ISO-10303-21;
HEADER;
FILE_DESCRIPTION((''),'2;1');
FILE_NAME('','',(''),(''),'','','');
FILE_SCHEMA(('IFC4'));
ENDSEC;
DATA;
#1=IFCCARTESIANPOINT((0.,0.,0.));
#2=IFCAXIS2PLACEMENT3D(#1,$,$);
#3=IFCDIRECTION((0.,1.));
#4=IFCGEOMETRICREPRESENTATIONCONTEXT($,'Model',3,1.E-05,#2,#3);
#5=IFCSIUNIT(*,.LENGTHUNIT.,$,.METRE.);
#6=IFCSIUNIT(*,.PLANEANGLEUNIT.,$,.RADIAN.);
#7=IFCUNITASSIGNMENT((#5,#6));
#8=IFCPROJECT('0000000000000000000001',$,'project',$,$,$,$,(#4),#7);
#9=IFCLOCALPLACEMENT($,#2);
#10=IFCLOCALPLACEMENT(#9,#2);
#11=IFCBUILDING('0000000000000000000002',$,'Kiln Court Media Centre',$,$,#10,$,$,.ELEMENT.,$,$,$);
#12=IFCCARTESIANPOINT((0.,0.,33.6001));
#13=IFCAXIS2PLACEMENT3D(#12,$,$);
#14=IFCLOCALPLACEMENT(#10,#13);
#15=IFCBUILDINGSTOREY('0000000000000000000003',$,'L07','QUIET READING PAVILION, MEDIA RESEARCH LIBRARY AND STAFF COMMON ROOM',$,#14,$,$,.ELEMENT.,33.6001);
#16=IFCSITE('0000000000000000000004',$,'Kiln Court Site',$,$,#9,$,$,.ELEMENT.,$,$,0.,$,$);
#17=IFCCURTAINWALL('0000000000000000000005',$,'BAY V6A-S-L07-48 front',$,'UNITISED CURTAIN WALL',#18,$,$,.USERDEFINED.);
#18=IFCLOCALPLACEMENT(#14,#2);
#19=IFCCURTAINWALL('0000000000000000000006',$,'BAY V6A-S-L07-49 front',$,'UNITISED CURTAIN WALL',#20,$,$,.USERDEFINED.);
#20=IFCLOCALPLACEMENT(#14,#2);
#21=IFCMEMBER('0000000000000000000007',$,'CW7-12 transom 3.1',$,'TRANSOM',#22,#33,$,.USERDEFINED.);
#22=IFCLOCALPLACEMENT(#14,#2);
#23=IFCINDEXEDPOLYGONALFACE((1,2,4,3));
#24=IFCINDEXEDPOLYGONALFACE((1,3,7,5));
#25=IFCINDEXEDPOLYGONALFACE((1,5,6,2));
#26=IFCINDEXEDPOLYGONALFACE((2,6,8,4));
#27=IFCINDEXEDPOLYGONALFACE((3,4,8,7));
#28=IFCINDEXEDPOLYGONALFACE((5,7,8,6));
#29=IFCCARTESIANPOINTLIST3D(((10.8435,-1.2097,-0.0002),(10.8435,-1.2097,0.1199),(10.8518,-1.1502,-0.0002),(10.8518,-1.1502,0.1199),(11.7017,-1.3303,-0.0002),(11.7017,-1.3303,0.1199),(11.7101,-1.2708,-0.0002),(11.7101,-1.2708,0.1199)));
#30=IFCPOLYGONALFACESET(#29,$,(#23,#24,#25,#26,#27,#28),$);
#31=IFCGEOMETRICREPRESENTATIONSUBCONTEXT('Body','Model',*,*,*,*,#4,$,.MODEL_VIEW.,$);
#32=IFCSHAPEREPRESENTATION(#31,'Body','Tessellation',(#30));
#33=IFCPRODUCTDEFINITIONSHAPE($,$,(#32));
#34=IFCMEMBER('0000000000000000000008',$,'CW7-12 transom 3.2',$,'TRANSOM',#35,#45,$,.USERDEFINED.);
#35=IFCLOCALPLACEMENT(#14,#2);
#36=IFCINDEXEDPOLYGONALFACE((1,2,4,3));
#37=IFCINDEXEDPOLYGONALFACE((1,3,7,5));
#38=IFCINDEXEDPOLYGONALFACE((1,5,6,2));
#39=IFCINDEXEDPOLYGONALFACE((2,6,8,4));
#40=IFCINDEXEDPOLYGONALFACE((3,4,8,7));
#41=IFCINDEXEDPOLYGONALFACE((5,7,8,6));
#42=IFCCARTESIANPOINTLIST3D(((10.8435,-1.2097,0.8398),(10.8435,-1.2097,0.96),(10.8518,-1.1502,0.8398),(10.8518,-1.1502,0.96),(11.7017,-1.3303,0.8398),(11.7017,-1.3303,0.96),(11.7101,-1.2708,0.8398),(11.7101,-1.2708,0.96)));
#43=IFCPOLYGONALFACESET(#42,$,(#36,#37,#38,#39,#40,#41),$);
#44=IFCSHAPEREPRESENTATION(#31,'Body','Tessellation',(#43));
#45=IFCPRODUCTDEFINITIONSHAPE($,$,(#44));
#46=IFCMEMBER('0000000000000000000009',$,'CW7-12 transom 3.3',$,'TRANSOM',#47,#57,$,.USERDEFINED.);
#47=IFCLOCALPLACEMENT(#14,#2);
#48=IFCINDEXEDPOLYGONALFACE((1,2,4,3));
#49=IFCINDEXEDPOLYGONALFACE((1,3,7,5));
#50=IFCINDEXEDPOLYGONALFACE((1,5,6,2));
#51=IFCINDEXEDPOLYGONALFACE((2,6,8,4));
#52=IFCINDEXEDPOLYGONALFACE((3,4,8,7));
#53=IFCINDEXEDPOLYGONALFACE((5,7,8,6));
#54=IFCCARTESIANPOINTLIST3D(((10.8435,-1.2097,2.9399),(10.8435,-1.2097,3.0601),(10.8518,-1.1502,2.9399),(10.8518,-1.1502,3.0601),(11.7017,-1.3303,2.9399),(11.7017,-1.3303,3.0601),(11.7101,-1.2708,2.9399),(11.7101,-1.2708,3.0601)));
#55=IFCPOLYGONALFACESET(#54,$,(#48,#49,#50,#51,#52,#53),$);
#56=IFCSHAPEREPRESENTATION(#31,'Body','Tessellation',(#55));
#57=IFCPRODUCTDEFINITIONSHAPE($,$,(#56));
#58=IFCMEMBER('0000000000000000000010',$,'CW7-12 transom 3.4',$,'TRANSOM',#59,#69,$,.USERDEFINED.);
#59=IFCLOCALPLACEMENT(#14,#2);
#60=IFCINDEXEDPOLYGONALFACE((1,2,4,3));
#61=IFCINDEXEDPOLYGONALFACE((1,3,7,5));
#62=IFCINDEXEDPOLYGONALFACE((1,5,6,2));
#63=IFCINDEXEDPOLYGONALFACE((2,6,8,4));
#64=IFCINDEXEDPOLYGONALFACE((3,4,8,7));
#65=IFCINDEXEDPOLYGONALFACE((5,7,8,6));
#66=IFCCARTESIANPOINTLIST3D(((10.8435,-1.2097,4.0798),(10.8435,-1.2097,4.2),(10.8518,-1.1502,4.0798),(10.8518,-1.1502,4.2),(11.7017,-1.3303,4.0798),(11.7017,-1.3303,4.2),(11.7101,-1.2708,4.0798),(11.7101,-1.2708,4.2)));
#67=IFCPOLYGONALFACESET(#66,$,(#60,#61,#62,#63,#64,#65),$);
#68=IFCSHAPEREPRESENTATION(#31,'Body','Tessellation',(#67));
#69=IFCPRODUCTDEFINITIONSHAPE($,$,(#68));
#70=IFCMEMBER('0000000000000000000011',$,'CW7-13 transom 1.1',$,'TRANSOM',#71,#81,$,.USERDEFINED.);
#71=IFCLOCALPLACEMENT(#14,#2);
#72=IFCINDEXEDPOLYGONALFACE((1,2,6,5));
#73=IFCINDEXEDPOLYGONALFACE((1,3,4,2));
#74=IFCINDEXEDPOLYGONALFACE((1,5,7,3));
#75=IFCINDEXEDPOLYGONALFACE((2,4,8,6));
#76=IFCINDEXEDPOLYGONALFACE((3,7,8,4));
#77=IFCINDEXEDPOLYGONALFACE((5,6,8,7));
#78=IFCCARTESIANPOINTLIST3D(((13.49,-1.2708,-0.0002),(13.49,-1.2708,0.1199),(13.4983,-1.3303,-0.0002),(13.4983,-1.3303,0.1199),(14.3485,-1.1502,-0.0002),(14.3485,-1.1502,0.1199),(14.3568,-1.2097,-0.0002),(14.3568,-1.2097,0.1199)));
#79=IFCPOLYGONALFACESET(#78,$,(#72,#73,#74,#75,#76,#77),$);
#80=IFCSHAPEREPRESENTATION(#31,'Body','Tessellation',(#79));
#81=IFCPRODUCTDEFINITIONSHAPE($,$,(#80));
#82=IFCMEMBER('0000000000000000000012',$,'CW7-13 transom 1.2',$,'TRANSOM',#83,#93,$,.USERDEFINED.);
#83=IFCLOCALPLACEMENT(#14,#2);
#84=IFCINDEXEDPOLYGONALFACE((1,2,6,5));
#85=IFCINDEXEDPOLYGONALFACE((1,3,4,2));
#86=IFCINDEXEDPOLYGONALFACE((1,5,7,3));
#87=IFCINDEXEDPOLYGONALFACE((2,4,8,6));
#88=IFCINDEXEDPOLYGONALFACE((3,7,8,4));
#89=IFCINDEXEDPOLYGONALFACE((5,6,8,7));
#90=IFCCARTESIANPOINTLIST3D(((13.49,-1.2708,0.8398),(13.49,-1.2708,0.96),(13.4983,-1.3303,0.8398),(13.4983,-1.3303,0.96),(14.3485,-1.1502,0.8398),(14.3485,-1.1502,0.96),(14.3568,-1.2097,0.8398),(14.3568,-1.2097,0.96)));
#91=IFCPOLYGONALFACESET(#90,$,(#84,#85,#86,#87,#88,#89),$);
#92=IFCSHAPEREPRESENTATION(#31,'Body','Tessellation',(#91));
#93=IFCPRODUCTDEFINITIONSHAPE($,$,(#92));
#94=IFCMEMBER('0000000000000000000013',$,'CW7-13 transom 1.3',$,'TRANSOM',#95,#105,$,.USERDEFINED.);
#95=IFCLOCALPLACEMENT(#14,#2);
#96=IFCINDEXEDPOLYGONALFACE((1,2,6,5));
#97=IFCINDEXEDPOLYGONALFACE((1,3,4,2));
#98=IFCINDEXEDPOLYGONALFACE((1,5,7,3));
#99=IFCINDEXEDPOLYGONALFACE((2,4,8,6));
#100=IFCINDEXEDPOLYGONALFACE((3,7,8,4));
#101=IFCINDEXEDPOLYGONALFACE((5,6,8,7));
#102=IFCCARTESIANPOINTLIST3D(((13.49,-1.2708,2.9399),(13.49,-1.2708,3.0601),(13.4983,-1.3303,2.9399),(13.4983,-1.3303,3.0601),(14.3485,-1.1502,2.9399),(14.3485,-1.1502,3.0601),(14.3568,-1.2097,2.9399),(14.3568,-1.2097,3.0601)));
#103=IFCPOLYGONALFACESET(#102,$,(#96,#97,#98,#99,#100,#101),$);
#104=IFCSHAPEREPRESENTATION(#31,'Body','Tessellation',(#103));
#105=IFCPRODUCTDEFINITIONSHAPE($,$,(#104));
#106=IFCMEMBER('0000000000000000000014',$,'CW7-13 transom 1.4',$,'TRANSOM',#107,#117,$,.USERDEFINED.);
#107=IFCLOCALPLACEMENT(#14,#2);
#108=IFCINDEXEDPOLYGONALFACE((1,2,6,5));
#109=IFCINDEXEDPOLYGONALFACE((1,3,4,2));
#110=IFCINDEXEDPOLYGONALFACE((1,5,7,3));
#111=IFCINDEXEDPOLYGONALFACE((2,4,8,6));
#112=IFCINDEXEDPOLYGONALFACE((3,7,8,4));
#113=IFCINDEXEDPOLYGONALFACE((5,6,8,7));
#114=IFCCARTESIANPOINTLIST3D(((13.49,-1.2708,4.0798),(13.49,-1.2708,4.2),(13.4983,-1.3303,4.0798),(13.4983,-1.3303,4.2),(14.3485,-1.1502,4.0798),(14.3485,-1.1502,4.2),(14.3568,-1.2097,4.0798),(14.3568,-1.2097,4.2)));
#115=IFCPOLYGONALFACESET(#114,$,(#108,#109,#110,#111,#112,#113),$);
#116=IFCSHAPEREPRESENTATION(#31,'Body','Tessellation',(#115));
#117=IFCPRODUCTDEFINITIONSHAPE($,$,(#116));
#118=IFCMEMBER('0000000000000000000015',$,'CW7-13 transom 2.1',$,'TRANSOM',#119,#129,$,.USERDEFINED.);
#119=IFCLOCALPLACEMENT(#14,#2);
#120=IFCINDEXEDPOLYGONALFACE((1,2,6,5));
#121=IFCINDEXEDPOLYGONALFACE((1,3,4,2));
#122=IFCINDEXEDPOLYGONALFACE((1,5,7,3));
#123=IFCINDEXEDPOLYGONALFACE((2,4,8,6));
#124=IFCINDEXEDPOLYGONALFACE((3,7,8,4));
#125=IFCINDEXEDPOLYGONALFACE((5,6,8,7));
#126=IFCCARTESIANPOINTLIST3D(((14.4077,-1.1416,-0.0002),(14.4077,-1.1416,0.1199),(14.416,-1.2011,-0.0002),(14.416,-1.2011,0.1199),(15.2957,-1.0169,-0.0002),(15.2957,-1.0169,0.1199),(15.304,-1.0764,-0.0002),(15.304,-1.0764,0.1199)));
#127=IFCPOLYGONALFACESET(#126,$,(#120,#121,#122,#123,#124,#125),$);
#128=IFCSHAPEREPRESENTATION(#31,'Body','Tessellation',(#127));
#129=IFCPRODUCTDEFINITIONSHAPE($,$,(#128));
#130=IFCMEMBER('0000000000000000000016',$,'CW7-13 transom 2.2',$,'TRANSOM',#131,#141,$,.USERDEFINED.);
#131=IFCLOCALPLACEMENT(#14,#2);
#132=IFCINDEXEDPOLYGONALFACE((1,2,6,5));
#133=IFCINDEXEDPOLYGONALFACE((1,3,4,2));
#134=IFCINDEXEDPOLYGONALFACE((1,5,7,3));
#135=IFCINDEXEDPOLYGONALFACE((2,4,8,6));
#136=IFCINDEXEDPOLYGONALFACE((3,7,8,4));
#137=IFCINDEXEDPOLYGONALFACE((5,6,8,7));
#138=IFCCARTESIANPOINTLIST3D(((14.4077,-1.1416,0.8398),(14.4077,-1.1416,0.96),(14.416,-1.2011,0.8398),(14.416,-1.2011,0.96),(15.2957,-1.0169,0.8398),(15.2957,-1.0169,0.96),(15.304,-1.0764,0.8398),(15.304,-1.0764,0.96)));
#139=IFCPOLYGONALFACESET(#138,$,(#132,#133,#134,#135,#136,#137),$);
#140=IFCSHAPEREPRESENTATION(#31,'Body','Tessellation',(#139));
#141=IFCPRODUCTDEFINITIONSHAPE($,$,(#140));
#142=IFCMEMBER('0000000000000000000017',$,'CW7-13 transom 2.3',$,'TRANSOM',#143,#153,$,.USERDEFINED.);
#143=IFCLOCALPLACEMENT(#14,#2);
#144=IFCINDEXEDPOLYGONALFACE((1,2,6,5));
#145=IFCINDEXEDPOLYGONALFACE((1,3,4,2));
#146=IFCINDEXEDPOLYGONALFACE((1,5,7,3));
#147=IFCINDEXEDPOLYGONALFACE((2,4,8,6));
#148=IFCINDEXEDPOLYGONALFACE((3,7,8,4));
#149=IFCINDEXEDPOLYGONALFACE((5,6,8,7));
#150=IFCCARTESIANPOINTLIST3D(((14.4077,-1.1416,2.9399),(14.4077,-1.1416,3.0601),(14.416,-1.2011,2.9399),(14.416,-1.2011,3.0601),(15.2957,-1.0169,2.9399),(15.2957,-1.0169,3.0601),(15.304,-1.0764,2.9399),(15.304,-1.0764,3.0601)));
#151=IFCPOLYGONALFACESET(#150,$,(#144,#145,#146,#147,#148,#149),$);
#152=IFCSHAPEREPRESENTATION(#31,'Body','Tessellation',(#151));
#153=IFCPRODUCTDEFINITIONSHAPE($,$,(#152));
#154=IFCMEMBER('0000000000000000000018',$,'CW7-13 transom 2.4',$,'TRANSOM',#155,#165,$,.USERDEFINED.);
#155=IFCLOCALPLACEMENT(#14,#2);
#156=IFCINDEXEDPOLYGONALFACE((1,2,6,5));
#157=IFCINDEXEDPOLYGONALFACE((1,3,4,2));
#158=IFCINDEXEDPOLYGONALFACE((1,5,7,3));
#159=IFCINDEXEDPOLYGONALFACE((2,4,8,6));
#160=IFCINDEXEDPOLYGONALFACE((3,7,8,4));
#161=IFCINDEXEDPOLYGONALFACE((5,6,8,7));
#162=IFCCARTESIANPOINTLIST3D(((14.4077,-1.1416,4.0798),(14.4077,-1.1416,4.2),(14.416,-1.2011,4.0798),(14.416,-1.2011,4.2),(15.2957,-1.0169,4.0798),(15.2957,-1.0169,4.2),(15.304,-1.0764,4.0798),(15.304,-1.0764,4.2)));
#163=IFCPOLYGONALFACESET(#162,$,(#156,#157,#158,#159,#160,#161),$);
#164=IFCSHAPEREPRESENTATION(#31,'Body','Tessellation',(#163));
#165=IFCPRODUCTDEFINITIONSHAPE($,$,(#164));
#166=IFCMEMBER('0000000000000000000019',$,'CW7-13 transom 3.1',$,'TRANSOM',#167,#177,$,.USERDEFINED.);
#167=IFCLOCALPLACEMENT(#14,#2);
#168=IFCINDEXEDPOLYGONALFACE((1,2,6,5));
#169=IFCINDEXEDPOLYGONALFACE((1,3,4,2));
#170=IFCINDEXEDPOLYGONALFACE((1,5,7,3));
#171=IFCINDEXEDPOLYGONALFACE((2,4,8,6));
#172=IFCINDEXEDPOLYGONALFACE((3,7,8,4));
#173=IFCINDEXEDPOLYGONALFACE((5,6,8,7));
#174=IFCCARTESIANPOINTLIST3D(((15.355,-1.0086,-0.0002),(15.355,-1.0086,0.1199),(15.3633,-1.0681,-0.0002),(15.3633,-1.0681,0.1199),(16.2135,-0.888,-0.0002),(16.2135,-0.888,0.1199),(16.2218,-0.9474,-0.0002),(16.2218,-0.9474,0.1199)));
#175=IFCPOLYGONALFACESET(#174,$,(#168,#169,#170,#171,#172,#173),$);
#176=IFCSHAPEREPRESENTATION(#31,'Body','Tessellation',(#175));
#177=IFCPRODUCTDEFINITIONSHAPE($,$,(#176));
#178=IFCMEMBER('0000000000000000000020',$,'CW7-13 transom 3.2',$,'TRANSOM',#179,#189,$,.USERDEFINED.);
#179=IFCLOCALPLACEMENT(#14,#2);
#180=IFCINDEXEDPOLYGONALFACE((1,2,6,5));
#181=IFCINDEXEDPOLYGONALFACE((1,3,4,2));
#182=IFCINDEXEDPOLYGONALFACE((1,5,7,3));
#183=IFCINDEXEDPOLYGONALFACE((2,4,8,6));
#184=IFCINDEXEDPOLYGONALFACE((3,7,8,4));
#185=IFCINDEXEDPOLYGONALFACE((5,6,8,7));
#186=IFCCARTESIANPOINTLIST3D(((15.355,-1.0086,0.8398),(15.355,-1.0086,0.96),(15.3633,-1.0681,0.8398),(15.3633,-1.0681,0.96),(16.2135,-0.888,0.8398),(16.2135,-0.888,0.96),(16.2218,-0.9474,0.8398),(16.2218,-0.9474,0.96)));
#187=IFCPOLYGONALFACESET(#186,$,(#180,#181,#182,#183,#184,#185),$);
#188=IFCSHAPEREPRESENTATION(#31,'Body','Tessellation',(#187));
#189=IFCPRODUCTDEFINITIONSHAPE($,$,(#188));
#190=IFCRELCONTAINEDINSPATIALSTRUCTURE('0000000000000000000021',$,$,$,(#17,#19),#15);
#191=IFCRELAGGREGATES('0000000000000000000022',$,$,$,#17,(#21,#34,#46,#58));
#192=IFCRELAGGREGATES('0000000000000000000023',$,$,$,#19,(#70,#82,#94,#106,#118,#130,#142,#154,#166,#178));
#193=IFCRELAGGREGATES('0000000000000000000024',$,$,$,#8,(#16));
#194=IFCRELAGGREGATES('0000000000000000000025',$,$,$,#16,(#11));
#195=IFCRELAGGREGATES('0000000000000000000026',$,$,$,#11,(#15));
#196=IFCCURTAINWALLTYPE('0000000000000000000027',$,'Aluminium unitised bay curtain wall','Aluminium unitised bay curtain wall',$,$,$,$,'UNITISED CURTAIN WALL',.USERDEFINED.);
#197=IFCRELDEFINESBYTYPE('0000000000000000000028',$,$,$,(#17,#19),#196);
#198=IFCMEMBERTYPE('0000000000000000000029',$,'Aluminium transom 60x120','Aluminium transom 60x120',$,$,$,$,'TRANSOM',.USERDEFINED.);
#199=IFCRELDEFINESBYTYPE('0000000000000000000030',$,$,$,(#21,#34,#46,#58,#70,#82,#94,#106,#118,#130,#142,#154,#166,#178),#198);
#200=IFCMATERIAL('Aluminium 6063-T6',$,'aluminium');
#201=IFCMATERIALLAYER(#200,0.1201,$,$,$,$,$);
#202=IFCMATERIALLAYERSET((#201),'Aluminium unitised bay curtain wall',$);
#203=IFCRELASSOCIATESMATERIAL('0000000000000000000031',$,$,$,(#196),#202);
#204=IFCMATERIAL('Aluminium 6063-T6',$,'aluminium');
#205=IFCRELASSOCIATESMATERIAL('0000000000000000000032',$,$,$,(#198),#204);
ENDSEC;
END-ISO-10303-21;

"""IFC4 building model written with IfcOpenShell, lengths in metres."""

from ifc_helpers import new_model, si_unit, direction, frame, origin, origin_2d, place, context, subcontext, project, spatial, rectangle, extrude, material, layer, layer_set, material_profile, profile_set, type_object, element, aggregate, save


model = new_model("IFC4")

# Units and contexts
model_context = context("Model", 3, precision=1e-05, world=origin(), true_north=direction((0.0, 1.0)))
body_context = subcontext(model_context, "Body", "Model", "MODEL_VIEW")
ifc_project = project(units=[si_unit("LENGTHUNIT", "METRE"), si_unit("PLANEANGLEUNIT", "RADIAN")], contexts=[model_context])

# Site, building, storey
site_placement = place(None, origin())
site = spatial("IfcSite", under=ifc_project, at=site_placement, Name="Kiln Court Site", CompositionType="ELEMENT", RefElevation=0.0)
building_placement = place(site_placement, origin())
building = spatial("IfcBuilding", under=site, at=building_placement, Name="Kiln Court Media Centre", CompositionType="ELEMENT")
storey_placement = place(building_placement, frame((0.0, 0.0, 33.6001)))
storey = spatial("IfcBuildingStorey", under=building, at=storey_placement, Name="L07", Description="QUIET READING PAVILION, MEDIA RESEARCH LIBRARY AND STAFF COMMON ROOM", CompositionType="ELEMENT", Elevation=33.6001)

# Curtain walls
ifc_material_1 = material(Name="Aluminium 6063-T6", Category="aluminium")
ifc_layer_1 = layer(ifc_material_1, 0.1201)
ifc_layer_set_1 = layer_set([ifc_layer_1], Name="Aluminium unitised bay curtain wall")
curtain_wall_type = type_object("IfcCurtainWallType", Name="Aluminium unitised bay curtain wall", Description="Aluminium unitised bay curtain wall", ElementType="UNITISED CURTAIN WALL", PredefinedType="USERDEFINED", material=ifc_layer_set_1)
curtain_wall_1_placement = place(storey_placement, origin())
curtain_wall_1 = element("IfcCurtainWall", 1, at=curtain_wall_1_placement, inside=storey, type_object=curtain_wall_type, Name="BAY V6A-S-L07-48 front", ObjectType="UNITISED CURTAIN WALL", PredefinedType="USERDEFINED")
curtain_wall_2_placement = place(storey_placement, origin())
curtain_wall_2 = element("IfcCurtainWall", 2, at=curtain_wall_2_placement, inside=storey, type_object=curtain_wall_type, Name="BAY V6A-S-L07-49 front", ObjectType="UNITISED CURTAIN WALL", PredefinedType="USERDEFINED")
ifc_material_2 = material(Name="Aluminium 6063-T6", Category="aluminium")
ifc_material_profile_1 = material_profile(ifc_material_2, rectangle(XDim=0.0601, YDim=0.1201, at=origin_2d()), Name="Aluminium transom 60x120")
ifc_profile_set_1 = profile_set([ifc_material_profile_1], Name="Aluminium 6063-T6")
member_type_1 = type_object("IfcMemberType", Name="Aluminium transom 60x120", Description="Aluminium transom 60x120", ElementType="TRANSOM", PredefinedType="USERDEFINED", material=ifc_profile_set_1)

# Members
member_1_placement = place(storey_placement, frame((10.8477, -1.1799, 0.0598), z_axis=(0.990268, -0.139173, 0.0), x_axis=(0.139173, 0.990268, 0.0)))
member_1 = element("IfcMember", 3, at=member_1_placement, type_object=member_type_1, Name="CW7-12 transom 3.1", ObjectType="TRANSOM", PredefinedType="USERDEFINED", context=body_context, shape_type="SweptSolid", body=[
    extrude(rectangle(XDim=0.0601, YDim=0.1201, at=origin_2d()), origin(), (0.0, 0.0, 1.0), 0.8667),
])
member_2_placement = place(storey_placement, frame((10.8477, -1.1799, 0.8999), z_axis=(0.990268, -0.139173, 0.0), x_axis=(0.139173, 0.990268, 0.0)))
member_2 = element("IfcMember", 4, at=member_2_placement, type_object=member_type_1, Name="CW7-12 transom 3.2", ObjectType="TRANSOM", PredefinedType="USERDEFINED", context=body_context, shape_type="SweptSolid", body=[
    extrude(rectangle(XDim=0.0601, YDim=0.1201, at=origin_2d()), origin(), (0.0, 0.0, 1.0), 0.8667),
])
member_3_placement = place(storey_placement, frame((10.8477, -1.1799, 3.0), z_axis=(0.990268, -0.139173, 0.0), x_axis=(0.139173, 0.990268, 0.0)))
member_3 = element("IfcMember", 5, at=member_3_placement, type_object=member_type_1, Name="CW7-12 transom 3.3", ObjectType="TRANSOM", PredefinedType="USERDEFINED", context=body_context, shape_type="SweptSolid", body=[
    extrude(rectangle(XDim=0.0601, YDim=0.1201, at=origin_2d()), origin(), (0.0, 0.0, 1.0), 0.8667),
])
member_4_placement = place(storey_placement, frame((10.8477, -1.1799, 4.1399), z_axis=(0.990268, -0.139173, 0.0), x_axis=(0.139173, 0.990268, 0.0)))
member_4 = element("IfcMember", 6, at=member_4_placement, type_object=member_type_1, Name="CW7-12 transom 3.4", ObjectType="TRANSOM", PredefinedType="USERDEFINED", context=body_context, shape_type="SweptSolid", body=[
    extrude(rectangle(XDim=0.0601, YDim=0.1201, at=origin_2d()), origin(), (0.0, 0.0, 1.0), 0.8667),
])
member_5_placement = place(storey_placement, frame((13.4941, -1.3005, 0.0598), z_axis=(0.990274, 0.139134, 0.0), x_axis=(-0.139134, 0.990274, 0.0)))
member_5 = element("IfcMember", 7, at=member_5_placement, type_object=member_type_1, Name="CW7-13 transom 1.1", ObjectType="TRANSOM", PredefinedType="USERDEFINED", context=body_context, shape_type="SweptSolid", body=[
    extrude(rectangle(XDim=0.0601, YDim=0.1201, at=origin_2d()), origin(), (0.0, 0.0, 1.0), 0.8669),
])
member_6_placement = place(storey_placement, frame((13.4941, -1.3005, 0.8999), z_axis=(0.990274, 0.139134, 0.0), x_axis=(-0.139134, 0.990274, 0.0)))
member_6 = element("IfcMember", 8, at=member_6_placement, type_object=member_type_1, Name="CW7-13 transom 1.2", ObjectType="TRANSOM", PredefinedType="USERDEFINED", context=body_context, shape_type="SweptSolid", body=[
    extrude(rectangle(XDim=0.0601, YDim=0.1201, at=origin_2d()), origin(), (0.0, 0.0, 1.0), 0.8669),
])
member_7_placement = place(storey_placement, frame((13.4941, -1.3005, 3.0), z_axis=(0.990274, 0.139134, 0.0), x_axis=(-0.139134, 0.990274, 0.0)))
member_7 = element("IfcMember", 9, at=member_7_placement, type_object=member_type_1, Name="CW7-13 transom 1.3", ObjectType="TRANSOM", PredefinedType="USERDEFINED", context=body_context, shape_type="SweptSolid", body=[
    extrude(rectangle(XDim=0.0601, YDim=0.1201, at=origin_2d()), origin(), (0.0, 0.0, 1.0), 0.8669),
])
member_8_placement = place(storey_placement, frame((13.4941, -1.3005, 4.1399), z_axis=(0.990274, 0.139134, 0.0), x_axis=(-0.139134, 0.990274, 0.0)))
member_8 = element("IfcMember", 10, at=member_8_placement, type_object=member_type_1, Name="CW7-13 transom 1.4", ObjectType="TRANSOM", PredefinedType="USERDEFINED", context=body_context, shape_type="SweptSolid", body=[
    extrude(rectangle(XDim=0.0601, YDim=0.1201, at=origin_2d()), origin(), (0.0, 0.0, 1.0), 0.8669),
])
member_9_placement = place(storey_placement, frame((14.4119, -1.1714, 0.0598), z_axis=(0.990274, 0.139134, 0.0), x_axis=(-0.139134, 0.990274, 0.0)))
member_9 = element("IfcMember", 11, at=member_9_placement, type_object=member_type_1, Name="CW7-13 transom 2.1", ObjectType="TRANSOM", PredefinedType="USERDEFINED", context=body_context, shape_type="SweptSolid", body=[
    extrude(rectangle(XDim=0.0601, YDim=0.1201, at=origin_2d()), origin(), (0.0, 0.0, 1.0), 0.8967),
])
member_10_placement = place(storey_placement, frame((14.4119, -1.1714, 0.8999), z_axis=(0.990274, 0.139134, 0.0), x_axis=(-0.139134, 0.990274, 0.0)))
member_10 = element("IfcMember", 12, at=member_10_placement, type_object=member_type_1, Name="CW7-13 transom 2.2", ObjectType="TRANSOM", PredefinedType="USERDEFINED", context=body_context, shape_type="SweptSolid", body=[
    extrude(rectangle(XDim=0.0601, YDim=0.1201, at=origin_2d()), origin(), (0.0, 0.0, 1.0), 0.8967),
])
member_11_placement = place(storey_placement, frame((14.4119, -1.1714, 3.0), z_axis=(0.990274, 0.139134, 0.0), x_axis=(-0.139134, 0.990274, 0.0)))
member_11 = element("IfcMember", 13, at=member_11_placement, type_object=member_type_1, Name="CW7-13 transom 2.3", ObjectType="TRANSOM", PredefinedType="USERDEFINED", context=body_context, shape_type="SweptSolid", body=[
    extrude(rectangle(XDim=0.0601, YDim=0.1201, at=origin_2d()), origin(), (0.0, 0.0, 1.0), 0.8967),
])
member_12_placement = place(storey_placement, frame((14.4119, -1.1714, 4.1399), z_axis=(0.990274, 0.139134, 0.0), x_axis=(-0.139134, 0.990274, 0.0)))
member_12 = element("IfcMember", 14, at=member_12_placement, type_object=member_type_1, Name="CW7-13 transom 2.4", ObjectType="TRANSOM", PredefinedType="USERDEFINED", context=body_context, shape_type="SweptSolid", body=[
    extrude(rectangle(XDim=0.0601, YDim=0.1201, at=origin_2d()), origin(), (0.0, 0.0, 1.0), 0.8967),
])
member_13_placement = place(storey_placement, frame((15.3591, -1.0383, 0.0598), z_axis=(0.990274, 0.139134, 0.0), x_axis=(-0.139134, 0.990274, 0.0)))
member_13 = element("IfcMember", 15, at=member_13_placement, type_object=member_type_1, Name="CW7-13 transom 3.1", ObjectType="TRANSOM", PredefinedType="USERDEFINED", context=body_context, shape_type="SweptSolid", body=[
    extrude(rectangle(XDim=0.0601, YDim=0.1201, at=origin_2d()), origin(), (0.0, 0.0, 1.0), 0.8669),
])
member_14_placement = place(storey_placement, frame((15.3591, -1.0383, 0.8999), z_axis=(0.990274, 0.139134, 0.0), x_axis=(-0.139134, 0.990274, 0.0)))
member_14 = element("IfcMember", 16, at=member_14_placement, type_object=member_type_1, Name="CW7-13 transom 3.2", ObjectType="TRANSOM", PredefinedType="USERDEFINED", context=body_context, shape_type="SweptSolid", body=[
    extrude(rectangle(XDim=0.0601, YDim=0.1201, at=origin_2d()), origin(), (0.0, 0.0, 1.0), 0.8669),
])

aggregate(curtain_wall_1, [member_1, member_2, member_3, member_4])
aggregate(curtain_wall_2, [member_5, member_6, member_7, member_8, member_9, member_10, member_11, member_12, member_13, member_14])

save(model, "model.ifc")
